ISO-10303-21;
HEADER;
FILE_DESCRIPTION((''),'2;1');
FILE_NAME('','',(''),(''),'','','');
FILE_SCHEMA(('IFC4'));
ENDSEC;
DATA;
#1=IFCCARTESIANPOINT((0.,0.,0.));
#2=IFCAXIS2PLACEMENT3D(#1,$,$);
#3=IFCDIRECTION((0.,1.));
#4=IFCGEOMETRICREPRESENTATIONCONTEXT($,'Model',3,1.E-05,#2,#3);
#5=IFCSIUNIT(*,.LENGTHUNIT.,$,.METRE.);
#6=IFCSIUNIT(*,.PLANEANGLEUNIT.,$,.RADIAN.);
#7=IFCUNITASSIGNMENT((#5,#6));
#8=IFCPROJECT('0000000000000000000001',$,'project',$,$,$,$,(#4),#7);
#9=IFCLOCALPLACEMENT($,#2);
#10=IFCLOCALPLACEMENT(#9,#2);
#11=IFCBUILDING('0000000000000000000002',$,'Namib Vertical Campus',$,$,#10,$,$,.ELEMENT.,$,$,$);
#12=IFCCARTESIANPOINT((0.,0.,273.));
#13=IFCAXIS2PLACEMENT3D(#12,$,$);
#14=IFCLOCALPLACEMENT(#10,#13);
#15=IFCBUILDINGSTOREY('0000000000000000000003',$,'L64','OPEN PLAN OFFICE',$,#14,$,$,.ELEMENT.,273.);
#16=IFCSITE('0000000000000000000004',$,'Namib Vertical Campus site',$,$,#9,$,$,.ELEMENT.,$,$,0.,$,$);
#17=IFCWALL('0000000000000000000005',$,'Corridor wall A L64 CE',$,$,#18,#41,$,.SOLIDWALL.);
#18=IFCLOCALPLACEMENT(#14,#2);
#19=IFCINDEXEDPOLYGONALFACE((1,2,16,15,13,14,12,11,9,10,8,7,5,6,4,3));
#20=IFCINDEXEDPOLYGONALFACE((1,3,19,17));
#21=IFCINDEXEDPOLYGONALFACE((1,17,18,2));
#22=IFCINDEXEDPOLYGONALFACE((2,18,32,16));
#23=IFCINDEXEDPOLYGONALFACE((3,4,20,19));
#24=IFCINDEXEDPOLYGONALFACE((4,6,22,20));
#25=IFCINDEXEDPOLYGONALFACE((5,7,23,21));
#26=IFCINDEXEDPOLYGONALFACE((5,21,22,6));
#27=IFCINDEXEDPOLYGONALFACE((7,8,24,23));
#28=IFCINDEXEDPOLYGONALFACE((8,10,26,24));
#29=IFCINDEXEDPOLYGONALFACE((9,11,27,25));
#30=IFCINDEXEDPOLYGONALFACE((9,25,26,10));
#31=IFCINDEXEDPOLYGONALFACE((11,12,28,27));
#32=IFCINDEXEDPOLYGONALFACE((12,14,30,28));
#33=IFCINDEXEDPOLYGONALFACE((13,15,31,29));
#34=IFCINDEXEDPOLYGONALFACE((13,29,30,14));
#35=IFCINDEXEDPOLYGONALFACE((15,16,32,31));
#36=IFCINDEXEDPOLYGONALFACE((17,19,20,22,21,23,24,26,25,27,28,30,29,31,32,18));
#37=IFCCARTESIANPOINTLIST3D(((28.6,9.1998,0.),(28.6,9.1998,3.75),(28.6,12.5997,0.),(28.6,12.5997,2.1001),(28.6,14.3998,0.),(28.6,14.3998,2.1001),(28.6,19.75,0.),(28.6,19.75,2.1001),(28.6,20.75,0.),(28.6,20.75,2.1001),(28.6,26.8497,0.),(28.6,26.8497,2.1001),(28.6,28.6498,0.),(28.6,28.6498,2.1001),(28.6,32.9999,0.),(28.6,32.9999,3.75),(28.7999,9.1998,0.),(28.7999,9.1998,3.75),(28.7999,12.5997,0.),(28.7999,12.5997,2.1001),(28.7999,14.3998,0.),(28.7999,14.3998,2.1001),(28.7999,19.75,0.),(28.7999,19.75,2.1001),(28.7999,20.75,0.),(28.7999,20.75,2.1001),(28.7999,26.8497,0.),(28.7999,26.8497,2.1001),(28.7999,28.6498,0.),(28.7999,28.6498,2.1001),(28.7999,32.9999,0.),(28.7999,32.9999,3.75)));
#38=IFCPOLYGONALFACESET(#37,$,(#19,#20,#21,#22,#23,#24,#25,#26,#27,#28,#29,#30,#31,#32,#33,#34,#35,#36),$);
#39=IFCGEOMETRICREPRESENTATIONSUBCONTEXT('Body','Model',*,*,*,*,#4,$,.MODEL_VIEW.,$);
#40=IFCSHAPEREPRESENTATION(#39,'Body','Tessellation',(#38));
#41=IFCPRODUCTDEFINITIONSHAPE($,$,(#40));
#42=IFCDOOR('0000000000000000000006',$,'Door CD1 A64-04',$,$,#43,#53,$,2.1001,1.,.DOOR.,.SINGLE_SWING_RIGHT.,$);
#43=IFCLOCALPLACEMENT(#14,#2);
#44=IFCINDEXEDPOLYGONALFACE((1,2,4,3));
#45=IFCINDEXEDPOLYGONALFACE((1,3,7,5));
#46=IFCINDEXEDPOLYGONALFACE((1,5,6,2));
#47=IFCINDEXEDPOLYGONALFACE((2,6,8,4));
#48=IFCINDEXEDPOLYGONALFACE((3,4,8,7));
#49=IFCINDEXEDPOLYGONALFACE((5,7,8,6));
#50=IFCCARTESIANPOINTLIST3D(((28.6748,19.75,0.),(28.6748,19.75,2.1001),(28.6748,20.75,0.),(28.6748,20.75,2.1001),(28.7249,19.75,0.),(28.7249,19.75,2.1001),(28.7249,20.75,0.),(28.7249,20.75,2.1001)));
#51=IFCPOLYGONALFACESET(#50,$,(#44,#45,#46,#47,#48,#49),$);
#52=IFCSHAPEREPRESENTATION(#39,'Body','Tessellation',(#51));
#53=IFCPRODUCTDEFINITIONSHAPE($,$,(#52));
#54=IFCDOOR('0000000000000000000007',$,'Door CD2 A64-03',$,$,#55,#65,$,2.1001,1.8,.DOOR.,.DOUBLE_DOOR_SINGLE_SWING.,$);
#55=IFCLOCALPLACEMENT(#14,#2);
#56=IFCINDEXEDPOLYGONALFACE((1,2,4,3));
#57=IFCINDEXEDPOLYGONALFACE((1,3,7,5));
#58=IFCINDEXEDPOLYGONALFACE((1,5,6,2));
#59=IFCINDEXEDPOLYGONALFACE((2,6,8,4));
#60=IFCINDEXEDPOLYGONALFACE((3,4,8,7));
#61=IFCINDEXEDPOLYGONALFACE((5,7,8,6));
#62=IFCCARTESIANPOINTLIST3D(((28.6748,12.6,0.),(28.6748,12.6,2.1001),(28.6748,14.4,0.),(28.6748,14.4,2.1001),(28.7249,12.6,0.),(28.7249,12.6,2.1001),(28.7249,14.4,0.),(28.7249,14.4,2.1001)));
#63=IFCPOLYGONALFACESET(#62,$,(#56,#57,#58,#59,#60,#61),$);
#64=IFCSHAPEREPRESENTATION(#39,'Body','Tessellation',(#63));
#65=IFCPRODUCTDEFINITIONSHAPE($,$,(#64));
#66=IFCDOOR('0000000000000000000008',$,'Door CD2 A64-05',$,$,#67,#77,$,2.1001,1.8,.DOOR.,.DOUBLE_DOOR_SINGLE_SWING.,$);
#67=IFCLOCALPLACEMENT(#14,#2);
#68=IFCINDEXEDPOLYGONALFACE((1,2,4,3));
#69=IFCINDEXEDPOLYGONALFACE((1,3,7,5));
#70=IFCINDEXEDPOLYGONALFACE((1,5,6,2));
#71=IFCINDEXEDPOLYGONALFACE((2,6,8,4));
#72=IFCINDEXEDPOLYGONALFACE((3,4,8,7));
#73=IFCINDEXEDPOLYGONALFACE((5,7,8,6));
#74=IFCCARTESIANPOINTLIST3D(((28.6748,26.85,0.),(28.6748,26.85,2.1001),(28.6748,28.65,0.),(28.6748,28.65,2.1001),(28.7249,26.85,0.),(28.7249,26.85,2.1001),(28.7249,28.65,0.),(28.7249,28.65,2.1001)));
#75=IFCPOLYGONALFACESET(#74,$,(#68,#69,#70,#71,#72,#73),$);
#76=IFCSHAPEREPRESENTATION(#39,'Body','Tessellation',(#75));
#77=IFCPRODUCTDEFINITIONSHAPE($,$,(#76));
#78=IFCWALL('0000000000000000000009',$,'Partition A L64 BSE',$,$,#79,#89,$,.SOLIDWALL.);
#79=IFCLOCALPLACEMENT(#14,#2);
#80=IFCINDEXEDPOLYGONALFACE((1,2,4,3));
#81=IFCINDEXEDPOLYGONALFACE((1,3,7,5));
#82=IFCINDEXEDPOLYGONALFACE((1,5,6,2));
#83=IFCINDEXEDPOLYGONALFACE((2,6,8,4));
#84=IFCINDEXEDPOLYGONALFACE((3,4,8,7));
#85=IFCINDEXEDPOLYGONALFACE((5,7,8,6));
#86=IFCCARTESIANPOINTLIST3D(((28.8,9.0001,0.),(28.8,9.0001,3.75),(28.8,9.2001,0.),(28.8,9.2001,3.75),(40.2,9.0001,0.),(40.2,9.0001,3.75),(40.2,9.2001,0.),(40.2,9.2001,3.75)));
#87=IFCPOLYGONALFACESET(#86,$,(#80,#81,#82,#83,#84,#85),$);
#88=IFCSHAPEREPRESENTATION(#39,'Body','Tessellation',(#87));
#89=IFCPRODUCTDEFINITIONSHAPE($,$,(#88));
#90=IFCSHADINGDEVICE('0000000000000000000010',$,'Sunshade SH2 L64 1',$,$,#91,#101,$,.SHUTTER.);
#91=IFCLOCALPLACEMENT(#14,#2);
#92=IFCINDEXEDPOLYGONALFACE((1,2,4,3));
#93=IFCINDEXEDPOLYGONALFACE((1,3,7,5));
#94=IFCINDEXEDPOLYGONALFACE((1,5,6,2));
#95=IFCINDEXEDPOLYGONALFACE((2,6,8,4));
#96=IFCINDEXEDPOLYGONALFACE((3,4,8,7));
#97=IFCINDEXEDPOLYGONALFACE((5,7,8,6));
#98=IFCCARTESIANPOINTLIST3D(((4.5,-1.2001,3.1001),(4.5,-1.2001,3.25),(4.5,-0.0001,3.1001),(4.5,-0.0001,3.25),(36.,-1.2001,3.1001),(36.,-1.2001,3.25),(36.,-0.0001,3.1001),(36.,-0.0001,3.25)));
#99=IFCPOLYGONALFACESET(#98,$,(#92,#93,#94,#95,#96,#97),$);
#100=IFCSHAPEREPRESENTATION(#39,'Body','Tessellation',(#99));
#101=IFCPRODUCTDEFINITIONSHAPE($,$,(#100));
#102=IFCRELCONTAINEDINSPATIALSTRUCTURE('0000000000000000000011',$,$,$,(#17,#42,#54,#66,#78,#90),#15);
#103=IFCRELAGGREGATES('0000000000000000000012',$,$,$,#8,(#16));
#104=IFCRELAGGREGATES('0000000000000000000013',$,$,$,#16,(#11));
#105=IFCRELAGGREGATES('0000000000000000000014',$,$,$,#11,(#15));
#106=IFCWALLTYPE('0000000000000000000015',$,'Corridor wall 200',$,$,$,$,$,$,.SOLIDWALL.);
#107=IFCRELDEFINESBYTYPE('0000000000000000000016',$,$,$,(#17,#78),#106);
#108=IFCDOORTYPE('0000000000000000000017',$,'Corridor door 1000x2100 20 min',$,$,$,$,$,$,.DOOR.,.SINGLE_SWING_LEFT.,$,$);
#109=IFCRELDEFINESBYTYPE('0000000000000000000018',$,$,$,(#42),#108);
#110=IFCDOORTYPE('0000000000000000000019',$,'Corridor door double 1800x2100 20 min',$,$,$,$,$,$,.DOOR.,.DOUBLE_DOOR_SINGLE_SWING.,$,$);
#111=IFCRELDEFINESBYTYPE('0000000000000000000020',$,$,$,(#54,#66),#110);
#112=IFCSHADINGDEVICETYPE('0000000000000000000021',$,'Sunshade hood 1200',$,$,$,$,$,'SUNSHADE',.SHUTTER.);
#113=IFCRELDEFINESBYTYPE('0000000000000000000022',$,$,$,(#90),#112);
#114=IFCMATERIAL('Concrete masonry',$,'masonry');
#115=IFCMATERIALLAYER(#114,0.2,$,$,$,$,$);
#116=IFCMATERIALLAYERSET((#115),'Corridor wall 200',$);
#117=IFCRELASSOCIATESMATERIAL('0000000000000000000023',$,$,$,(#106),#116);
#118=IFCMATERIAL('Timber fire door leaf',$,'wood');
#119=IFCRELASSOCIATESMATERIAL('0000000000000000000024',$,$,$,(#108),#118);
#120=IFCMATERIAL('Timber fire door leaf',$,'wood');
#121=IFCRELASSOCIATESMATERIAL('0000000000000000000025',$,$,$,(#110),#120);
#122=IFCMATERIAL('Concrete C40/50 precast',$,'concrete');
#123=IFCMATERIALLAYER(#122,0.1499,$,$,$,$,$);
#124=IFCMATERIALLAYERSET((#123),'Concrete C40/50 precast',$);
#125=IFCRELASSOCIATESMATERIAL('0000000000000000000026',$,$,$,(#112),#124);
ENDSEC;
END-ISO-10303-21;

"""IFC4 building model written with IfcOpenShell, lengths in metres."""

from ifc_helpers import new_model, si_unit, direction, frame, frame_2d, origin, origin_2d, place, context, subcontext, project, spatial, rectangle, extrude, material, layer, layer_set, type_object, element, fill, save


model = new_model("IFC4")

# Units and contexts
model_context = context("Model", 3, precision=1e-05, world=origin(), true_north=direction((0.0, 1.0)))
body_context = subcontext(model_context, "Body", "Model", "MODEL_VIEW")
ifc_project = project(units=[si_unit("LENGTHUNIT", "METRE"), si_unit("PLANEANGLEUNIT", "RADIAN")], contexts=[model_context])

# Site, building, storey
site_placement = place(None, origin())
site = spatial("IfcSite", under=ifc_project, at=site_placement, Name="Namib Vertical Campus site", CompositionType="ELEMENT", RefElevation=0.0)
building_placement = place(site_placement, origin())
building = spatial("IfcBuilding", under=site, at=building_placement, Name="Namib Vertical Campus", CompositionType="ELEMENT")
storey_placement = place(building_placement, frame((0.0, 0.0, 273.0)))
storey = spatial("IfcBuildingStorey", under=building, at=storey_placement, Name="L64", Description="OPEN PLAN OFFICE", CompositionType="ELEMENT", Elevation=273.0)

# Wall, openings, doors
ifc_material_1 = material(Name="Concrete masonry", Category="masonry")
ifc_layer_1 = layer(ifc_material_1, 0.2)
ifc_layer_set_1 = layer_set([ifc_layer_1], Name="Corridor wall 200")
wall_type_1 = type_object("IfcWallType", Name="Corridor wall 200", PredefinedType="SOLIDWALL", material=ifc_layer_set_1)
wall_1_placement = place(storey_placement, frame((28.7, 9.2, 0.0), z_axis=(0.0, 0.0, 1.0), x_axis=(0.0, 1.0, 0.0)))
wall_1 = element("IfcWall", 1, at=wall_1_placement, inside=storey, type_object=wall_type_1, Name="Corridor wall A L64 CE", PredefinedType="SOLIDWALL", context=body_context, shape_type="SweptSolid", body=[
    extrude(rectangle(XDim=23.8, YDim=0.2, at=frame_2d((11.8999, 0.0))), origin(), (0.0, 0.0, 1.0), 3.75),
])
opening_1_placement = place(wall_1_placement, frame((3.3999, 0.0, 0.0)))
opening_1 = element("IfcOpeningElement", 2, at=opening_1_placement, cuts=wall_1, PredefinedType="OPENING", context=body_context, shape_type="SweptSolid", body=[
    extrude(rectangle(XDim=1.8, YDim=2.1001, at=frame_2d((0.8999, 1.05))), frame((0.0, 0.1099, 0.0), z_axis=(0.0, -1.0, 0.0), x_axis=(1.0, 0.0, 0.0)), (0.0, 0.0, 1.0), 0.22),
])
opening_2_placement = place(wall_1_placement, frame((10.55, 0.0, 0.0)))
opening_2 = element("IfcOpeningElement", 3, at=opening_2_placement, cuts=wall_1, PredefinedType="OPENING", context=body_context, shape_type="SweptSolid", body=[
    extrude(rectangle(XDim=1.0, YDim=2.1001, at=frame_2d((0.5, 1.05))), frame((0.0, 0.1099, 0.0), z_axis=(0.0, -1.0, 0.0), x_axis=(1.0, 0.0, 0.0)), (0.0, 0.0, 1.0), 0.22),
])
opening_3_placement = place(wall_1_placement, frame((17.6499, 0.0, 0.0)))
opening_3 = element("IfcOpeningElement", 4, at=opening_3_placement, cuts=wall_1, PredefinedType="OPENING", context=body_context, shape_type="SweptSolid", body=[
    extrude(rectangle(XDim=1.8, YDim=2.1001, at=frame_2d((0.8999, 1.05))), frame((0.0, 0.1099, 0.0), z_axis=(0.0, -1.0, 0.0), x_axis=(1.0, 0.0, 0.0)), (0.0, 0.0, 1.0), 0.22),
])
ifc_material_2 = material(Name="Timber fire door leaf", Category="wood")
door_type_1 = type_object("IfcDoorType", Name="Corridor door 1000x2100 20 min", OperationType="SINGLE_SWING_LEFT", PredefinedType="DOOR", material=ifc_material_2)
door_1_placement = place(opening_2_placement, frame((1.0, 0.0, 0.0), z_axis=(0.0, 0.0, 1.0), x_axis=(-1.0, 0.0, 0.0)))
door_1 = element("IfcDoor", 5, at=door_1_placement, inside=storey, type_object=door_type_1, Name="Door CD1 A64-04", OperationType="SINGLE_SWING_RIGHT", OverallHeight=2.1001, OverallWidth=1.0, PredefinedType="DOOR", context=body_context, shape_type="SweptSolid", body=[
    extrude(rectangle(XDim=1.0, YDim=2.1001, at=frame_2d((0.5, 1.05))), frame((0.0, 0.0249, 0.0), z_axis=(0.0, -1.0, 0.0), x_axis=(1.0, 0.0, 0.0)), (0.0, 0.0, 1.0), 0.05),
])
fill(opening_2, door_1)
ifc_material_3 = material(Name="Timber fire door leaf", Category="wood")
door_type_2 = type_object("IfcDoorType", Name="Corridor door double 1800x2100 20 min", OperationType="DOUBLE_DOOR_SINGLE_SWING", PredefinedType="DOOR", material=ifc_material_3)
door_2_placement = place(opening_1_placement, frame((1.8, 0.0, 0.0), z_axis=(0.0, 0.0, 1.0), x_axis=(-1.0, 0.0, 0.0)))
door_2 = element("IfcDoor", 6, at=door_2_placement, inside=storey, type_object=door_type_2, Name="Door CD2 A64-03", OperationType="DOUBLE_DOOR_SINGLE_SWING", OverallHeight=2.1001, OverallWidth=1.8, PredefinedType="DOOR", context=body_context, shape_type="SweptSolid", body=[
    extrude(rectangle(XDim=1.8, YDim=2.1001, at=frame_2d((0.8999, 1.05))), frame((0.0, 0.0249, 0.0), z_axis=(0.0, -1.0, 0.0), x_axis=(1.0, 0.0, 0.0)), (0.0, 0.0, 1.0), 0.05),
])
fill(opening_1, door_2)
door_3_placement = place(opening_3_placement, frame((1.8, 0.0, 0.0), z_axis=(0.0, 0.0, 1.0), x_axis=(-1.0, 0.0, 0.0)))
door_3 = element("IfcDoor", 7, at=door_3_placement, inside=storey, type_object=door_type_2, Name="Door CD2 A64-05", OperationType="DOUBLE_DOOR_SINGLE_SWING", OverallHeight=2.1001, OverallWidth=1.8, PredefinedType="DOOR", context=body_context, shape_type="SweptSolid", body=[
    extrude(rectangle(XDim=1.8, YDim=2.1001, at=frame_2d((0.8999, 1.05))), frame((0.0, 0.0249, 0.0), z_axis=(0.0, -1.0, 0.0), x_axis=(1.0, 0.0, 0.0)), (0.0, 0.0, 1.0), 0.05),
])
fill(opening_3, door_3)

# Wall
wall_2_placement = place(storey_placement, frame((28.8, 9.1001, 0.0), z_axis=(0.0, 0.0, 1.0), x_axis=(1.0, 0.0, 0.0)))
element("IfcWall", 8, at=wall_2_placement, inside=storey, type_object=wall_type_1, Name="Partition A L64 BSE", PredefinedType="SOLIDWALL", context=body_context, shape_type="SweptSolid", body=[
    extrude(rectangle(XDim=11.3999, YDim=0.2, at=frame_2d((5.7, 0.0))), origin(), (0.0, 0.0, 1.0), 3.75),
])

# Shading device
ifc_material_4 = material(Name="Concrete C40/50 precast", Category="concrete")
ifc_layer_2 = layer(ifc_material_4, 0.1499)
ifc_layer_set_2 = layer_set([ifc_layer_2], Name="Concrete C40/50 precast")
shading_device_type = type_object("IfcShadingDeviceType", Name="Sunshade hood 1200", ElementType="SUNSHADE", PredefinedType="SHUTTER", material=ifc_layer_set_2)
shading_device_placement = place(storey_placement, frame((20.25, -0.6001, 3.1001), z_axis=(0.0, 0.0, 1.0), x_axis=(1.0, 0.0, 0.0)))
element("IfcShadingDevice", 9, at=shading_device_placement, inside=storey, type_object=shading_device_type, Name="Sunshade SH2 L64 1", PredefinedType="SHUTTER", context=body_context, shape_type="SweptSolid", body=[
    extrude(rectangle(XDim=31.5, YDim=1.2, at=origin_2d()), origin(), (0.0, 0.0, 1.0), 0.1499),
])

save(model, "model.ifc")
